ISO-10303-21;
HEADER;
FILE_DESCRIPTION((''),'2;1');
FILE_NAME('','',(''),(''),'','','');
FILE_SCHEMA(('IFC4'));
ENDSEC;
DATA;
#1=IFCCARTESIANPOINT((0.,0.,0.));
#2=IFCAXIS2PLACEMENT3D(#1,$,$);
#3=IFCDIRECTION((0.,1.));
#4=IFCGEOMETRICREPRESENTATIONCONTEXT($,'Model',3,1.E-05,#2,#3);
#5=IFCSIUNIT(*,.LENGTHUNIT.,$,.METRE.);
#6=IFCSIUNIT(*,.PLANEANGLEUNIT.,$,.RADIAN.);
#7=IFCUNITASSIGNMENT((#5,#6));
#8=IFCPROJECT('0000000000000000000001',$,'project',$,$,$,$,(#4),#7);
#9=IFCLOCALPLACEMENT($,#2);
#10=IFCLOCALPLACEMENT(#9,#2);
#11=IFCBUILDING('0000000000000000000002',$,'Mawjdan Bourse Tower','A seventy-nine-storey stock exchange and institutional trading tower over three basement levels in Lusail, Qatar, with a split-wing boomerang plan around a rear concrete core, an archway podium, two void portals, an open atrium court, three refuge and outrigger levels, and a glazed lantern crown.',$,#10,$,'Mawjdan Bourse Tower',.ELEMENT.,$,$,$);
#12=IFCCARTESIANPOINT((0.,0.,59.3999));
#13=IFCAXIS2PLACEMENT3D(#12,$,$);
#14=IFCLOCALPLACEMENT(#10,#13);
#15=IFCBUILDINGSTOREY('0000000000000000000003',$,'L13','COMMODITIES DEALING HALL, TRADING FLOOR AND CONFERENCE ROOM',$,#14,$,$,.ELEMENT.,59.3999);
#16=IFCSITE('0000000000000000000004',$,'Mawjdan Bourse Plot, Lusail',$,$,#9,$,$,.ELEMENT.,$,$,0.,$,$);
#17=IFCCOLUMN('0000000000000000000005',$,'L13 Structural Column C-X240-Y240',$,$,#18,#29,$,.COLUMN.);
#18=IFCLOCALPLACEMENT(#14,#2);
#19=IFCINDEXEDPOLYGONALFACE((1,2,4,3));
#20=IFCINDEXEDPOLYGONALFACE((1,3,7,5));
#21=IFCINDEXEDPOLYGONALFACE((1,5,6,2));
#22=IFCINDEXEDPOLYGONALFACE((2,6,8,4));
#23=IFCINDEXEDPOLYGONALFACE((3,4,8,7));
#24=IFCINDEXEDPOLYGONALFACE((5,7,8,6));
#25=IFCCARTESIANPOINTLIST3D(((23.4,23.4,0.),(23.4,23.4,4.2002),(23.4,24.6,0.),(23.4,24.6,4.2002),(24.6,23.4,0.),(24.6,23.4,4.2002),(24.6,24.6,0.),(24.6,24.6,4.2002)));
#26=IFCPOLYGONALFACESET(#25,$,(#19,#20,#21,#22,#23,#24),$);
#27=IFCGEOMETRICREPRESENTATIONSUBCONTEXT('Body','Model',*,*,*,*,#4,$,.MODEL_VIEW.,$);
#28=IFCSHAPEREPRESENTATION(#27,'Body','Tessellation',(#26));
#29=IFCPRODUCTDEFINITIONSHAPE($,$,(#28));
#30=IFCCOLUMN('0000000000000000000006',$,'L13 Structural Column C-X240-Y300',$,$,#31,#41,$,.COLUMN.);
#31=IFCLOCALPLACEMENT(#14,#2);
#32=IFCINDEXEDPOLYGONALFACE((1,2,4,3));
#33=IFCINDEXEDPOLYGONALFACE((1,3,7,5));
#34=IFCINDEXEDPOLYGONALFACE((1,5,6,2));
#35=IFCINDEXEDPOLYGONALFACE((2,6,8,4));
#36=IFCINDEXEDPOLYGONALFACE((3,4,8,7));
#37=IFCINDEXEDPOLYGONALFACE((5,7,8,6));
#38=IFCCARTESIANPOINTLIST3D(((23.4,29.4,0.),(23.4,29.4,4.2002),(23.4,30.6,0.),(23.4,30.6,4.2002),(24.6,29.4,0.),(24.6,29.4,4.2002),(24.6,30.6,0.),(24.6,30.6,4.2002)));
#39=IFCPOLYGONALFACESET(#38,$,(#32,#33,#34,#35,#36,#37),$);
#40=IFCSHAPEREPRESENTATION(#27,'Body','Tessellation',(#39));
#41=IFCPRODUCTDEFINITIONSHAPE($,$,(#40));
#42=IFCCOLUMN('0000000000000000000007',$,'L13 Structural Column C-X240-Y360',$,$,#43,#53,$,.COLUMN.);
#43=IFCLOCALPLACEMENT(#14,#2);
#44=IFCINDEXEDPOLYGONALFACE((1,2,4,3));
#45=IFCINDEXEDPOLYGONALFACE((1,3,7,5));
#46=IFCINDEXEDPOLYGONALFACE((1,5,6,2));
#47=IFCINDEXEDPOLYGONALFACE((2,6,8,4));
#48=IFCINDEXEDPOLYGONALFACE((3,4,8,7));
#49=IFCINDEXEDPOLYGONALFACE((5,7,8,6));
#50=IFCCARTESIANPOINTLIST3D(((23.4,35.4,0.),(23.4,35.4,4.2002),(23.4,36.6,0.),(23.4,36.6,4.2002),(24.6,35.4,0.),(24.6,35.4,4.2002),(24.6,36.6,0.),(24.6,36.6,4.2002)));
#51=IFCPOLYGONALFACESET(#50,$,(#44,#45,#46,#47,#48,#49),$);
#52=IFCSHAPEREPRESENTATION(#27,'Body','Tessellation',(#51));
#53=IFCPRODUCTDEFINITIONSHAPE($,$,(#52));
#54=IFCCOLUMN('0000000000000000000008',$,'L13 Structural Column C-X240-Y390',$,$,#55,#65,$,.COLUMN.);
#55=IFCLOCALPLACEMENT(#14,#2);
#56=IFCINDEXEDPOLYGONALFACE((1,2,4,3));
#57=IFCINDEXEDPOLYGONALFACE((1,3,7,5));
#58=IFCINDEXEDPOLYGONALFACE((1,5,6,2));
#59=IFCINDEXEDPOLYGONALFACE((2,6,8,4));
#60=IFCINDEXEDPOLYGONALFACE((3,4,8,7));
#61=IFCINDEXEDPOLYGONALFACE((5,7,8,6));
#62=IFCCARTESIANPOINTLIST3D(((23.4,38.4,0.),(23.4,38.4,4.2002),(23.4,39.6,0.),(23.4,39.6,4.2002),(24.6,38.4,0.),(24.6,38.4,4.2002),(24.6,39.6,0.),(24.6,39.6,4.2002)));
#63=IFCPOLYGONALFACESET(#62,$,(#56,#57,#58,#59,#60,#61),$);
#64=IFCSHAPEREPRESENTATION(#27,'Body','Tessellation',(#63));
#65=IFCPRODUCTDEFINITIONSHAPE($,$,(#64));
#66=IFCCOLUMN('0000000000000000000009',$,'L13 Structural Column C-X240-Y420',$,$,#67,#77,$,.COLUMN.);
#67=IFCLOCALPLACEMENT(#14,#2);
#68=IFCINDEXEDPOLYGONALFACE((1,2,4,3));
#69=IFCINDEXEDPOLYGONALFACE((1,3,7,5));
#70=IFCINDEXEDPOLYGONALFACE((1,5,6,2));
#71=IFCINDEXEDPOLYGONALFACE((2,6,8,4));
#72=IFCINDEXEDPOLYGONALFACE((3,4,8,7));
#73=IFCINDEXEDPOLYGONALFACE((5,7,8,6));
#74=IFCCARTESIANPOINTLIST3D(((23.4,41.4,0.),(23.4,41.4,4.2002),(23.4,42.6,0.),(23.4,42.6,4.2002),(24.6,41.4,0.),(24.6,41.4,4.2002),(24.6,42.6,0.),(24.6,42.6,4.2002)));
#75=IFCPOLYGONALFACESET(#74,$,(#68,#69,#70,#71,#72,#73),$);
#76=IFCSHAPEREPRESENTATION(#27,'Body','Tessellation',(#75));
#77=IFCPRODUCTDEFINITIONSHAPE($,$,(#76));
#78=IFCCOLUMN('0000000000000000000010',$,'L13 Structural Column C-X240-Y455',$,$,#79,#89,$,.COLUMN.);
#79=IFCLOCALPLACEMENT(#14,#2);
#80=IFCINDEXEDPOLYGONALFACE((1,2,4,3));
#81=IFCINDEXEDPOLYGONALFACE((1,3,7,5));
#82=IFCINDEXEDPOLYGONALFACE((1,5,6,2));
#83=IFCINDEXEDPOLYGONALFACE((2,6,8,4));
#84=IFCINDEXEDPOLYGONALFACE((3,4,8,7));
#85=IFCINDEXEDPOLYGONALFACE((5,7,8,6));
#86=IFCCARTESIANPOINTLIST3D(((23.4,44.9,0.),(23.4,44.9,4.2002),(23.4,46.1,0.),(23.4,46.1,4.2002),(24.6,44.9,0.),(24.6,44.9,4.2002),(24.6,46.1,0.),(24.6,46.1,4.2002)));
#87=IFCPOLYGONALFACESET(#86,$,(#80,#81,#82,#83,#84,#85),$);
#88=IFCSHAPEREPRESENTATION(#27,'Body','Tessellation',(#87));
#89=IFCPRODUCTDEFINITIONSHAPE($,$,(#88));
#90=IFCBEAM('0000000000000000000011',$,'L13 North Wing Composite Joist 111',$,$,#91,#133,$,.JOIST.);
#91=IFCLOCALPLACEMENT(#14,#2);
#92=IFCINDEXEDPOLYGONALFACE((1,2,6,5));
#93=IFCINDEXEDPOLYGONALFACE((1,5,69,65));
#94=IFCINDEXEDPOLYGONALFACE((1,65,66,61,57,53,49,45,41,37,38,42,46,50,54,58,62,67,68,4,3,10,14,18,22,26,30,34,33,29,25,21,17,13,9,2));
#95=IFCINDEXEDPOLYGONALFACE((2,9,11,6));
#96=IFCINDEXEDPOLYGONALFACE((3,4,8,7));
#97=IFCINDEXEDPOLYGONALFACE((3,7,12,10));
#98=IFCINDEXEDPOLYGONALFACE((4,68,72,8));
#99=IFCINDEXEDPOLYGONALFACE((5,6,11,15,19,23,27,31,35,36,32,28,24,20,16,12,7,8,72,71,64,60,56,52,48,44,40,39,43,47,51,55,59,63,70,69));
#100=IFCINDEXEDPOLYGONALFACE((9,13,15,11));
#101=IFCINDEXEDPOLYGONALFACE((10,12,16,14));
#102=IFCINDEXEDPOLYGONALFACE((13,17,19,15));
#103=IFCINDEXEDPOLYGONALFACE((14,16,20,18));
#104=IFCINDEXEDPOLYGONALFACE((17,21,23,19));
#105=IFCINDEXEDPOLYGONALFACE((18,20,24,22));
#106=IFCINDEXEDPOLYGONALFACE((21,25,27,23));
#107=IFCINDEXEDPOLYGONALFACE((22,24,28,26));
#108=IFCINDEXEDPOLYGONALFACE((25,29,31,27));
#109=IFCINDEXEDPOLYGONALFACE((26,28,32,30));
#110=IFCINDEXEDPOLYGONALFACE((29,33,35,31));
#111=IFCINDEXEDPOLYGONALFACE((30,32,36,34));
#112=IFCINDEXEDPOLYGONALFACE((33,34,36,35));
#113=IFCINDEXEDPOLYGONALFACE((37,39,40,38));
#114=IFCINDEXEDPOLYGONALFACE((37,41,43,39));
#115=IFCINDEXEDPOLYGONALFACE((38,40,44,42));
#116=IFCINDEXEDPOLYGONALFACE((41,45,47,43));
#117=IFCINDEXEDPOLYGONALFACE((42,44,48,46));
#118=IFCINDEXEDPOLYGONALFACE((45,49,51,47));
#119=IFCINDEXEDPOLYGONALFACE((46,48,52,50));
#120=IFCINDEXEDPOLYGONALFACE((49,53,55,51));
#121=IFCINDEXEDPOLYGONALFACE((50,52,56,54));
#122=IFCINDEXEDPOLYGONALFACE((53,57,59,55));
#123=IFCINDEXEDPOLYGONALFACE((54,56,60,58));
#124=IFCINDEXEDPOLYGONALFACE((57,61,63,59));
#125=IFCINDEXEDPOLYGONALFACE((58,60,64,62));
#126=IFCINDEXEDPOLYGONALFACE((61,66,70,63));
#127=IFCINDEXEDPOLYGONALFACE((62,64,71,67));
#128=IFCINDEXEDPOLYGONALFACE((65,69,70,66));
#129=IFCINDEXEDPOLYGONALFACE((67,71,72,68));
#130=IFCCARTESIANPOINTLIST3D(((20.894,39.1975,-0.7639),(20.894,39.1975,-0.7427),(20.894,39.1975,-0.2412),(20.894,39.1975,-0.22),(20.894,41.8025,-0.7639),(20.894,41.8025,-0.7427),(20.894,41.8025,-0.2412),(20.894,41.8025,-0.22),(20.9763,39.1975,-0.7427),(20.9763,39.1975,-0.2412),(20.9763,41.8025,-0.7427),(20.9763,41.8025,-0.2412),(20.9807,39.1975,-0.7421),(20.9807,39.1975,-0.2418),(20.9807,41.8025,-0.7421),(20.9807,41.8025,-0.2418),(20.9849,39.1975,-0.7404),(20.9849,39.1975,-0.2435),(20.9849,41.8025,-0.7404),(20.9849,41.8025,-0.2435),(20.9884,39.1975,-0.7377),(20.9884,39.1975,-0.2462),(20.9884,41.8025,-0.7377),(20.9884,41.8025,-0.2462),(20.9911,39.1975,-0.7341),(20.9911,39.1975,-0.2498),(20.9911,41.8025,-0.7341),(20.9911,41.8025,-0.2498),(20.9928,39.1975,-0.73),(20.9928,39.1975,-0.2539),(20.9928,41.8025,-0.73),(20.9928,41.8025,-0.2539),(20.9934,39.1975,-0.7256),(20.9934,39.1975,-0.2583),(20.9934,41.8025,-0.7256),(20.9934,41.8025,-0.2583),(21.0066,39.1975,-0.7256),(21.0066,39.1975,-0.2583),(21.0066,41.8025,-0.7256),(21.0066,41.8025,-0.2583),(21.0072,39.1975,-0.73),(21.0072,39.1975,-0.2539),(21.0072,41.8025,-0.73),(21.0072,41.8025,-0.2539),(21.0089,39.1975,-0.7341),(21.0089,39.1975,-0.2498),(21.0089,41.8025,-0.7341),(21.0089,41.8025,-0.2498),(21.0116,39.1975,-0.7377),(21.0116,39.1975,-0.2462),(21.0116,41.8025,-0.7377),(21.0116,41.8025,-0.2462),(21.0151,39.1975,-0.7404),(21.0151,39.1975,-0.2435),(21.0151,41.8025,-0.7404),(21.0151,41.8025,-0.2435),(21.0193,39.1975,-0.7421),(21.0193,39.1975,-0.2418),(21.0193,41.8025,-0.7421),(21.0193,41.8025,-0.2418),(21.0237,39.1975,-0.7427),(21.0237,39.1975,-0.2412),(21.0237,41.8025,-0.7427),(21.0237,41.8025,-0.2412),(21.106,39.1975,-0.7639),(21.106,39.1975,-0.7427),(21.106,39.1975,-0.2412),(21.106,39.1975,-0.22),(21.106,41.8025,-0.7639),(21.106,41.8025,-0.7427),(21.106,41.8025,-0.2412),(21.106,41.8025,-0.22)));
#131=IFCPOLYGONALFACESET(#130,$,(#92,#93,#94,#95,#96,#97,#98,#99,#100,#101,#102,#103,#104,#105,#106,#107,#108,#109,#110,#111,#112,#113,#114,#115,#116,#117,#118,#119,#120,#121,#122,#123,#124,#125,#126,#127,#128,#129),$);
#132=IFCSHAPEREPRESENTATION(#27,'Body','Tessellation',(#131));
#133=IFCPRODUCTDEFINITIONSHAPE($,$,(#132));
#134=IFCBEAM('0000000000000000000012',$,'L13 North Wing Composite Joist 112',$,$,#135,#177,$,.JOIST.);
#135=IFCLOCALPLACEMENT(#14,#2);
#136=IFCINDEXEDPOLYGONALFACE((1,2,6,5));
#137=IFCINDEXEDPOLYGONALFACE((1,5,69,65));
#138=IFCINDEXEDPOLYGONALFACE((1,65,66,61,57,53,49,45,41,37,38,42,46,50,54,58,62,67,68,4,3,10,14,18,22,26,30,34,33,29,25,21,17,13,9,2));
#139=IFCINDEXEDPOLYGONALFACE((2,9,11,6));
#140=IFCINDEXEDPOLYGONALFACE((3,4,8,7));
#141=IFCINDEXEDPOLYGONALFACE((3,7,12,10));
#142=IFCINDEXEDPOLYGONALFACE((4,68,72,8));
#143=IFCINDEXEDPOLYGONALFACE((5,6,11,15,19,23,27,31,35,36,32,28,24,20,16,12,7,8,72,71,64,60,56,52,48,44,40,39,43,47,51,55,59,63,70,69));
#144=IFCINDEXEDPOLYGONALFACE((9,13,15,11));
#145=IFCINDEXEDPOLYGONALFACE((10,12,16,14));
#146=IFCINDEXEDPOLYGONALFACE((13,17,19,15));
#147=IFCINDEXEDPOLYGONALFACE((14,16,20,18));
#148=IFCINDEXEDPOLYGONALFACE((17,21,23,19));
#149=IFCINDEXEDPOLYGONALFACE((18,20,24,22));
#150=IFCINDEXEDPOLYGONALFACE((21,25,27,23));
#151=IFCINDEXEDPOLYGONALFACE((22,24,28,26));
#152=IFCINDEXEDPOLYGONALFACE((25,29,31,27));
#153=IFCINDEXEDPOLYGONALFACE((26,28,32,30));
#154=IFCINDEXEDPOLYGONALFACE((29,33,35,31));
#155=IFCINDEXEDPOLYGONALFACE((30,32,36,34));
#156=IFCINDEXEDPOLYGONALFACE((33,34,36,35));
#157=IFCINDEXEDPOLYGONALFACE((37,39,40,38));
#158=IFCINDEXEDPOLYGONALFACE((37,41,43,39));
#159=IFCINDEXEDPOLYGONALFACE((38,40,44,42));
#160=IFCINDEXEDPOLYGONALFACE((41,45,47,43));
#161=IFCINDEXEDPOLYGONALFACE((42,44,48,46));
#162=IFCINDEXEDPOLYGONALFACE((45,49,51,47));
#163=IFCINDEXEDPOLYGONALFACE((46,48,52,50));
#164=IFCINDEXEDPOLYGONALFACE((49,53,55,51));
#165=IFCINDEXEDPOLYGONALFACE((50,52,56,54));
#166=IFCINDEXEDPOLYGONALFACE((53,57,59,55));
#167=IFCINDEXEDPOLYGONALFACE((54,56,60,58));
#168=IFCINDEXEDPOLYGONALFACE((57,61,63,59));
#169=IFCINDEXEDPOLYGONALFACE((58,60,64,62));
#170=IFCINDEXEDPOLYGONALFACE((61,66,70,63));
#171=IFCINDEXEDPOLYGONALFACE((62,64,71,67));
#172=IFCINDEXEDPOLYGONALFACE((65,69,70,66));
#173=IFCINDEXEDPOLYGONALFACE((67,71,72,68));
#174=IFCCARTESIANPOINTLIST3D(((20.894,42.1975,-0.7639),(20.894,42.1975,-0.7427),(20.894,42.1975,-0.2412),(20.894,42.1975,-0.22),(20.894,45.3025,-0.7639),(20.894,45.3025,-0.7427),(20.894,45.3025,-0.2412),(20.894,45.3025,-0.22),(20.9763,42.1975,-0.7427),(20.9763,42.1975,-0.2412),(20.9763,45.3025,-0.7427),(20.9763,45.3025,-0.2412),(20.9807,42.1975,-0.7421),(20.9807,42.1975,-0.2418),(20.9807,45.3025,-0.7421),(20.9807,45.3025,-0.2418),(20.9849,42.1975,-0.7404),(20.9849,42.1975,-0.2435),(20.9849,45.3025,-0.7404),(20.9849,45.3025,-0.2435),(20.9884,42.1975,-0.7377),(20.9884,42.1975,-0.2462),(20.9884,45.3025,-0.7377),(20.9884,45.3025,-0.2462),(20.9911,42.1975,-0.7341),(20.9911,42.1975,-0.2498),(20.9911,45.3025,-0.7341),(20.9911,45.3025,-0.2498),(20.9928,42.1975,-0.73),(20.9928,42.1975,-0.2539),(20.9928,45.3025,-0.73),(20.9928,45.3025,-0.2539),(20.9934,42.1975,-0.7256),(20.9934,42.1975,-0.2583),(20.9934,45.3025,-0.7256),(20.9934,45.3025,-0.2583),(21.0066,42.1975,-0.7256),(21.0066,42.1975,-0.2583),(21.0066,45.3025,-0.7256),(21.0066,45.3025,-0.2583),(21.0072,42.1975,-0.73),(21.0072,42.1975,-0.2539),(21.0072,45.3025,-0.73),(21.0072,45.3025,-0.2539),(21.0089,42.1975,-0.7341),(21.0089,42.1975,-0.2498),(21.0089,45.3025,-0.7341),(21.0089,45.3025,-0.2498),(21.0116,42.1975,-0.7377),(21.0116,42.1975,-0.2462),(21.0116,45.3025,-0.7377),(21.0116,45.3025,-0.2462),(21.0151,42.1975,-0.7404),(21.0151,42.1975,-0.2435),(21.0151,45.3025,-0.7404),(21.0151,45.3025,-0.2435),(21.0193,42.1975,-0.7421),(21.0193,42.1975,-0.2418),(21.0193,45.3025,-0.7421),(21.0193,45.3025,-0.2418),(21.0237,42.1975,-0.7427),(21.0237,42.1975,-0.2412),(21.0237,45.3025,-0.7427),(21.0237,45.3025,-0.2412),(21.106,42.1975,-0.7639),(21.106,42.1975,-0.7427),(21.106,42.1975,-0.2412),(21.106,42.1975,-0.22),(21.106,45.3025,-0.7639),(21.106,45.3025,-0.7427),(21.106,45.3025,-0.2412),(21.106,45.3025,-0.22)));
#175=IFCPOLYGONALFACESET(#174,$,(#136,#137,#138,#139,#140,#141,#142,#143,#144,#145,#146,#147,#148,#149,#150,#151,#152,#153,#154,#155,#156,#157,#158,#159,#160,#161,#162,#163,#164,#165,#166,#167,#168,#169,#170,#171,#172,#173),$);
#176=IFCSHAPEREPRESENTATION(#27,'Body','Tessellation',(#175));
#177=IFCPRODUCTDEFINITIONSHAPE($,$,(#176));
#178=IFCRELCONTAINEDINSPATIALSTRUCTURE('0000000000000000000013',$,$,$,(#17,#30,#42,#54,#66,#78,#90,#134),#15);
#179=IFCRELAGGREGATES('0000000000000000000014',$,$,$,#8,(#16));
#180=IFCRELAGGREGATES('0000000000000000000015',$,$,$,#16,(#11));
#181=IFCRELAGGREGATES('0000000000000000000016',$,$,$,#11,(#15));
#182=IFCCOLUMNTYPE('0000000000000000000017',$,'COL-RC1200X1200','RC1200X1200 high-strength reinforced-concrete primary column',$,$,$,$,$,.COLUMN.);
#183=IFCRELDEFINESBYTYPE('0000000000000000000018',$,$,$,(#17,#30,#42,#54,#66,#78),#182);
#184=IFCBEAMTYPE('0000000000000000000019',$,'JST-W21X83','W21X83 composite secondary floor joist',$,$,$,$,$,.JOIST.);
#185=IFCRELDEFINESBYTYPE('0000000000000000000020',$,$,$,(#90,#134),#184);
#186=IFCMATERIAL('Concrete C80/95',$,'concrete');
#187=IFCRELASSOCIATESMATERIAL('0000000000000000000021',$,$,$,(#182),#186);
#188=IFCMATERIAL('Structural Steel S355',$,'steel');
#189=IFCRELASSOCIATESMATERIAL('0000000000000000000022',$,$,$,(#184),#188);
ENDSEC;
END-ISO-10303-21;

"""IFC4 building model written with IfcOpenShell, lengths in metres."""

from ifc_helpers import new_model, si_unit, direction, frame, origin, origin_2d, place, context, subcontext, project, spatial, rectangle, i_section, extrude, material, material_profile, profile_set, type_object, element, save


model = new_model("IFC4")

# Units and contexts
model_context = context("Model", 3, precision=1e-05, world=origin(), true_north=direction((0.0, 1.0)))
body_context = subcontext(model_context, "Body", "Model", "MODEL_VIEW")
ifc_project = project(units=[si_unit("LENGTHUNIT", "METRE"), si_unit("PLANEANGLEUNIT", "RADIAN")], contexts=[model_context])

# Site, building, storey
site_placement = place(None, origin())
site = spatial("IfcSite", under=ifc_project, at=site_placement, Name="Mawjdan Bourse Plot, Lusail", CompositionType="ELEMENT", RefElevation=0.0)
building_placement = place(site_placement, origin())
building = spatial("IfcBuilding", under=site, at=building_placement, Name="Mawjdan Bourse Tower", Description="A seventy-nine-storey stock exchange and institutional trading tower over three basement levels in Lusail, Qatar, with a split-wing boomerang plan around a rear concrete core, an archway podium, two void portals, an open atrium court, three refuge and outrigger levels, and a glazed lantern crown.", LongName="Mawjdan Bourse Tower", CompositionType="ELEMENT")
storey_placement = place(building_placement, frame((0.0, 0.0, 59.3999)))
storey = spatial("IfcBuildingStorey", under=building, at=storey_placement, Name="L13", Description="COMMODITIES DEALING HALL, TRADING FLOOR AND CONFERENCE ROOM", CompositionType="ELEMENT", Elevation=59.3999)

# Columns
ifc_material_1 = material(Name="Concrete C80/95", Category="concrete")
ifc_material_profile_1 = material_profile(ifc_material_1, rectangle(XDim=1.2, YDim=1.2, at=origin_2d()), Name="RC1200X1200")
ifc_profile_set_1 = profile_set([ifc_material_profile_1], Name="Concrete C80/95")
column_type = type_object("IfcColumnType", Name="COL-RC1200X1200", Description="RC1200X1200 high-strength reinforced-concrete primary column", PredefinedType="COLUMN", material=ifc_profile_set_1)
for number, where, z_axis, x_axis, name in (
    (1, (24.0, 24.0, 0.0), (0.0, 0.0, 1.0), (1.0, 0.0, 0.0), "L13 Structural Column C-X240-Y240"),
    (2, (24.0, 30.0, 0.0), (0.0, 0.0, 1.0), (1.0, 0.0, 0.0), "L13 Structural Column C-X240-Y300"),
    (3, (24.0, 36.0, 0.0), (0.0, 0.0, 1.0), (1.0, 0.0, 0.0), "L13 Structural Column C-X240-Y360"),
    (4, (24.0, 39.0, 0.0), (0.0, 0.0, 1.0), (1.0, 0.0, 0.0), "L13 Structural Column C-X240-Y390"),
    (5, (24.0, 42.0, 0.0), (0.0, 0.0, 1.0), (1.0, 0.0, 0.0), "L13 Structural Column C-X240-Y420"),
    (6, (24.0, 45.5, 0.0), (0.0, 0.0, 1.0), (1.0, 0.0, 0.0), "L13 Structural Column C-X240-Y455"),
):
    element("IfcColumn", number, at=place(storey_placement, frame(where, z_axis=z_axis, x_axis=x_axis)), inside=storey, type_object=column_type, Name=name, PredefinedType="COLUMN", context=body_context, shape_type="SweptSolid", body=[
        extrude(rectangle(XDim=1.2, YDim=1.2, at=origin_2d()), origin(), (0.0, 0.0, 1.0), 4.2002),
    ])

# Beams
ifc_material_2 = material(Name="Structural Steel S355", Category="steel")
ifc_material_profile_2 = material_profile(ifc_material_2, i_section(OverallWidth=0.2119, OverallDepth=0.5439, WebThickness=0.0132, FlangeThickness=0.0212, FilletRadius=0.0171, at=origin_2d()), Name="W21X83")
ifc_profile_set_2 = profile_set([ifc_material_profile_2], Name="Structural Steel S355")
beam_type_1 = type_object("IfcBeamType", Name="JST-W21X83", Description="W21X83 composite secondary floor joist", PredefinedType="JOIST", material=ifc_profile_set_2)
beam_1_placement = place(storey_placement, frame((21.0, 39.1975, -0.4919), z_axis=(0.0, 1.0, 0.0), x_axis=(-1.0, 0.0, 0.0)))
element("IfcBeam", 7, at=beam_1_placement, inside=storey, type_object=beam_type_1, Name="L13 North Wing Composite Joist 111", PredefinedType="JOIST", context=body_context, shape_type="SweptSolid", body=[
    extrude(i_section(OverallWidth=0.2119, OverallDepth=0.5439, WebThickness=0.0132, FlangeThickness=0.0212, FilletRadius=0.0171, at=origin_2d()), origin(), (0.0, 0.0, 1.0), 2.605),
])
beam_2_placement = place(storey_placement, frame((21.0, 42.1975, -0.4919), z_axis=(0.0, 1.0, 0.0), x_axis=(-1.0, 0.0, 0.0)))
element("IfcBeam", 8, at=beam_2_placement, inside=storey, type_object=beam_type_1, Name="L13 North Wing Composite Joist 112", PredefinedType="JOIST", context=body_context, shape_type="SweptSolid", body=[
    extrude(i_section(OverallWidth=0.2119, OverallDepth=0.5439, WebThickness=0.0132, FlangeThickness=0.0212, FilletRadius=0.0171, at=origin_2d()), origin(), (0.0, 0.0, 1.0), 3.105),
])

save(model, "model.ifc")
